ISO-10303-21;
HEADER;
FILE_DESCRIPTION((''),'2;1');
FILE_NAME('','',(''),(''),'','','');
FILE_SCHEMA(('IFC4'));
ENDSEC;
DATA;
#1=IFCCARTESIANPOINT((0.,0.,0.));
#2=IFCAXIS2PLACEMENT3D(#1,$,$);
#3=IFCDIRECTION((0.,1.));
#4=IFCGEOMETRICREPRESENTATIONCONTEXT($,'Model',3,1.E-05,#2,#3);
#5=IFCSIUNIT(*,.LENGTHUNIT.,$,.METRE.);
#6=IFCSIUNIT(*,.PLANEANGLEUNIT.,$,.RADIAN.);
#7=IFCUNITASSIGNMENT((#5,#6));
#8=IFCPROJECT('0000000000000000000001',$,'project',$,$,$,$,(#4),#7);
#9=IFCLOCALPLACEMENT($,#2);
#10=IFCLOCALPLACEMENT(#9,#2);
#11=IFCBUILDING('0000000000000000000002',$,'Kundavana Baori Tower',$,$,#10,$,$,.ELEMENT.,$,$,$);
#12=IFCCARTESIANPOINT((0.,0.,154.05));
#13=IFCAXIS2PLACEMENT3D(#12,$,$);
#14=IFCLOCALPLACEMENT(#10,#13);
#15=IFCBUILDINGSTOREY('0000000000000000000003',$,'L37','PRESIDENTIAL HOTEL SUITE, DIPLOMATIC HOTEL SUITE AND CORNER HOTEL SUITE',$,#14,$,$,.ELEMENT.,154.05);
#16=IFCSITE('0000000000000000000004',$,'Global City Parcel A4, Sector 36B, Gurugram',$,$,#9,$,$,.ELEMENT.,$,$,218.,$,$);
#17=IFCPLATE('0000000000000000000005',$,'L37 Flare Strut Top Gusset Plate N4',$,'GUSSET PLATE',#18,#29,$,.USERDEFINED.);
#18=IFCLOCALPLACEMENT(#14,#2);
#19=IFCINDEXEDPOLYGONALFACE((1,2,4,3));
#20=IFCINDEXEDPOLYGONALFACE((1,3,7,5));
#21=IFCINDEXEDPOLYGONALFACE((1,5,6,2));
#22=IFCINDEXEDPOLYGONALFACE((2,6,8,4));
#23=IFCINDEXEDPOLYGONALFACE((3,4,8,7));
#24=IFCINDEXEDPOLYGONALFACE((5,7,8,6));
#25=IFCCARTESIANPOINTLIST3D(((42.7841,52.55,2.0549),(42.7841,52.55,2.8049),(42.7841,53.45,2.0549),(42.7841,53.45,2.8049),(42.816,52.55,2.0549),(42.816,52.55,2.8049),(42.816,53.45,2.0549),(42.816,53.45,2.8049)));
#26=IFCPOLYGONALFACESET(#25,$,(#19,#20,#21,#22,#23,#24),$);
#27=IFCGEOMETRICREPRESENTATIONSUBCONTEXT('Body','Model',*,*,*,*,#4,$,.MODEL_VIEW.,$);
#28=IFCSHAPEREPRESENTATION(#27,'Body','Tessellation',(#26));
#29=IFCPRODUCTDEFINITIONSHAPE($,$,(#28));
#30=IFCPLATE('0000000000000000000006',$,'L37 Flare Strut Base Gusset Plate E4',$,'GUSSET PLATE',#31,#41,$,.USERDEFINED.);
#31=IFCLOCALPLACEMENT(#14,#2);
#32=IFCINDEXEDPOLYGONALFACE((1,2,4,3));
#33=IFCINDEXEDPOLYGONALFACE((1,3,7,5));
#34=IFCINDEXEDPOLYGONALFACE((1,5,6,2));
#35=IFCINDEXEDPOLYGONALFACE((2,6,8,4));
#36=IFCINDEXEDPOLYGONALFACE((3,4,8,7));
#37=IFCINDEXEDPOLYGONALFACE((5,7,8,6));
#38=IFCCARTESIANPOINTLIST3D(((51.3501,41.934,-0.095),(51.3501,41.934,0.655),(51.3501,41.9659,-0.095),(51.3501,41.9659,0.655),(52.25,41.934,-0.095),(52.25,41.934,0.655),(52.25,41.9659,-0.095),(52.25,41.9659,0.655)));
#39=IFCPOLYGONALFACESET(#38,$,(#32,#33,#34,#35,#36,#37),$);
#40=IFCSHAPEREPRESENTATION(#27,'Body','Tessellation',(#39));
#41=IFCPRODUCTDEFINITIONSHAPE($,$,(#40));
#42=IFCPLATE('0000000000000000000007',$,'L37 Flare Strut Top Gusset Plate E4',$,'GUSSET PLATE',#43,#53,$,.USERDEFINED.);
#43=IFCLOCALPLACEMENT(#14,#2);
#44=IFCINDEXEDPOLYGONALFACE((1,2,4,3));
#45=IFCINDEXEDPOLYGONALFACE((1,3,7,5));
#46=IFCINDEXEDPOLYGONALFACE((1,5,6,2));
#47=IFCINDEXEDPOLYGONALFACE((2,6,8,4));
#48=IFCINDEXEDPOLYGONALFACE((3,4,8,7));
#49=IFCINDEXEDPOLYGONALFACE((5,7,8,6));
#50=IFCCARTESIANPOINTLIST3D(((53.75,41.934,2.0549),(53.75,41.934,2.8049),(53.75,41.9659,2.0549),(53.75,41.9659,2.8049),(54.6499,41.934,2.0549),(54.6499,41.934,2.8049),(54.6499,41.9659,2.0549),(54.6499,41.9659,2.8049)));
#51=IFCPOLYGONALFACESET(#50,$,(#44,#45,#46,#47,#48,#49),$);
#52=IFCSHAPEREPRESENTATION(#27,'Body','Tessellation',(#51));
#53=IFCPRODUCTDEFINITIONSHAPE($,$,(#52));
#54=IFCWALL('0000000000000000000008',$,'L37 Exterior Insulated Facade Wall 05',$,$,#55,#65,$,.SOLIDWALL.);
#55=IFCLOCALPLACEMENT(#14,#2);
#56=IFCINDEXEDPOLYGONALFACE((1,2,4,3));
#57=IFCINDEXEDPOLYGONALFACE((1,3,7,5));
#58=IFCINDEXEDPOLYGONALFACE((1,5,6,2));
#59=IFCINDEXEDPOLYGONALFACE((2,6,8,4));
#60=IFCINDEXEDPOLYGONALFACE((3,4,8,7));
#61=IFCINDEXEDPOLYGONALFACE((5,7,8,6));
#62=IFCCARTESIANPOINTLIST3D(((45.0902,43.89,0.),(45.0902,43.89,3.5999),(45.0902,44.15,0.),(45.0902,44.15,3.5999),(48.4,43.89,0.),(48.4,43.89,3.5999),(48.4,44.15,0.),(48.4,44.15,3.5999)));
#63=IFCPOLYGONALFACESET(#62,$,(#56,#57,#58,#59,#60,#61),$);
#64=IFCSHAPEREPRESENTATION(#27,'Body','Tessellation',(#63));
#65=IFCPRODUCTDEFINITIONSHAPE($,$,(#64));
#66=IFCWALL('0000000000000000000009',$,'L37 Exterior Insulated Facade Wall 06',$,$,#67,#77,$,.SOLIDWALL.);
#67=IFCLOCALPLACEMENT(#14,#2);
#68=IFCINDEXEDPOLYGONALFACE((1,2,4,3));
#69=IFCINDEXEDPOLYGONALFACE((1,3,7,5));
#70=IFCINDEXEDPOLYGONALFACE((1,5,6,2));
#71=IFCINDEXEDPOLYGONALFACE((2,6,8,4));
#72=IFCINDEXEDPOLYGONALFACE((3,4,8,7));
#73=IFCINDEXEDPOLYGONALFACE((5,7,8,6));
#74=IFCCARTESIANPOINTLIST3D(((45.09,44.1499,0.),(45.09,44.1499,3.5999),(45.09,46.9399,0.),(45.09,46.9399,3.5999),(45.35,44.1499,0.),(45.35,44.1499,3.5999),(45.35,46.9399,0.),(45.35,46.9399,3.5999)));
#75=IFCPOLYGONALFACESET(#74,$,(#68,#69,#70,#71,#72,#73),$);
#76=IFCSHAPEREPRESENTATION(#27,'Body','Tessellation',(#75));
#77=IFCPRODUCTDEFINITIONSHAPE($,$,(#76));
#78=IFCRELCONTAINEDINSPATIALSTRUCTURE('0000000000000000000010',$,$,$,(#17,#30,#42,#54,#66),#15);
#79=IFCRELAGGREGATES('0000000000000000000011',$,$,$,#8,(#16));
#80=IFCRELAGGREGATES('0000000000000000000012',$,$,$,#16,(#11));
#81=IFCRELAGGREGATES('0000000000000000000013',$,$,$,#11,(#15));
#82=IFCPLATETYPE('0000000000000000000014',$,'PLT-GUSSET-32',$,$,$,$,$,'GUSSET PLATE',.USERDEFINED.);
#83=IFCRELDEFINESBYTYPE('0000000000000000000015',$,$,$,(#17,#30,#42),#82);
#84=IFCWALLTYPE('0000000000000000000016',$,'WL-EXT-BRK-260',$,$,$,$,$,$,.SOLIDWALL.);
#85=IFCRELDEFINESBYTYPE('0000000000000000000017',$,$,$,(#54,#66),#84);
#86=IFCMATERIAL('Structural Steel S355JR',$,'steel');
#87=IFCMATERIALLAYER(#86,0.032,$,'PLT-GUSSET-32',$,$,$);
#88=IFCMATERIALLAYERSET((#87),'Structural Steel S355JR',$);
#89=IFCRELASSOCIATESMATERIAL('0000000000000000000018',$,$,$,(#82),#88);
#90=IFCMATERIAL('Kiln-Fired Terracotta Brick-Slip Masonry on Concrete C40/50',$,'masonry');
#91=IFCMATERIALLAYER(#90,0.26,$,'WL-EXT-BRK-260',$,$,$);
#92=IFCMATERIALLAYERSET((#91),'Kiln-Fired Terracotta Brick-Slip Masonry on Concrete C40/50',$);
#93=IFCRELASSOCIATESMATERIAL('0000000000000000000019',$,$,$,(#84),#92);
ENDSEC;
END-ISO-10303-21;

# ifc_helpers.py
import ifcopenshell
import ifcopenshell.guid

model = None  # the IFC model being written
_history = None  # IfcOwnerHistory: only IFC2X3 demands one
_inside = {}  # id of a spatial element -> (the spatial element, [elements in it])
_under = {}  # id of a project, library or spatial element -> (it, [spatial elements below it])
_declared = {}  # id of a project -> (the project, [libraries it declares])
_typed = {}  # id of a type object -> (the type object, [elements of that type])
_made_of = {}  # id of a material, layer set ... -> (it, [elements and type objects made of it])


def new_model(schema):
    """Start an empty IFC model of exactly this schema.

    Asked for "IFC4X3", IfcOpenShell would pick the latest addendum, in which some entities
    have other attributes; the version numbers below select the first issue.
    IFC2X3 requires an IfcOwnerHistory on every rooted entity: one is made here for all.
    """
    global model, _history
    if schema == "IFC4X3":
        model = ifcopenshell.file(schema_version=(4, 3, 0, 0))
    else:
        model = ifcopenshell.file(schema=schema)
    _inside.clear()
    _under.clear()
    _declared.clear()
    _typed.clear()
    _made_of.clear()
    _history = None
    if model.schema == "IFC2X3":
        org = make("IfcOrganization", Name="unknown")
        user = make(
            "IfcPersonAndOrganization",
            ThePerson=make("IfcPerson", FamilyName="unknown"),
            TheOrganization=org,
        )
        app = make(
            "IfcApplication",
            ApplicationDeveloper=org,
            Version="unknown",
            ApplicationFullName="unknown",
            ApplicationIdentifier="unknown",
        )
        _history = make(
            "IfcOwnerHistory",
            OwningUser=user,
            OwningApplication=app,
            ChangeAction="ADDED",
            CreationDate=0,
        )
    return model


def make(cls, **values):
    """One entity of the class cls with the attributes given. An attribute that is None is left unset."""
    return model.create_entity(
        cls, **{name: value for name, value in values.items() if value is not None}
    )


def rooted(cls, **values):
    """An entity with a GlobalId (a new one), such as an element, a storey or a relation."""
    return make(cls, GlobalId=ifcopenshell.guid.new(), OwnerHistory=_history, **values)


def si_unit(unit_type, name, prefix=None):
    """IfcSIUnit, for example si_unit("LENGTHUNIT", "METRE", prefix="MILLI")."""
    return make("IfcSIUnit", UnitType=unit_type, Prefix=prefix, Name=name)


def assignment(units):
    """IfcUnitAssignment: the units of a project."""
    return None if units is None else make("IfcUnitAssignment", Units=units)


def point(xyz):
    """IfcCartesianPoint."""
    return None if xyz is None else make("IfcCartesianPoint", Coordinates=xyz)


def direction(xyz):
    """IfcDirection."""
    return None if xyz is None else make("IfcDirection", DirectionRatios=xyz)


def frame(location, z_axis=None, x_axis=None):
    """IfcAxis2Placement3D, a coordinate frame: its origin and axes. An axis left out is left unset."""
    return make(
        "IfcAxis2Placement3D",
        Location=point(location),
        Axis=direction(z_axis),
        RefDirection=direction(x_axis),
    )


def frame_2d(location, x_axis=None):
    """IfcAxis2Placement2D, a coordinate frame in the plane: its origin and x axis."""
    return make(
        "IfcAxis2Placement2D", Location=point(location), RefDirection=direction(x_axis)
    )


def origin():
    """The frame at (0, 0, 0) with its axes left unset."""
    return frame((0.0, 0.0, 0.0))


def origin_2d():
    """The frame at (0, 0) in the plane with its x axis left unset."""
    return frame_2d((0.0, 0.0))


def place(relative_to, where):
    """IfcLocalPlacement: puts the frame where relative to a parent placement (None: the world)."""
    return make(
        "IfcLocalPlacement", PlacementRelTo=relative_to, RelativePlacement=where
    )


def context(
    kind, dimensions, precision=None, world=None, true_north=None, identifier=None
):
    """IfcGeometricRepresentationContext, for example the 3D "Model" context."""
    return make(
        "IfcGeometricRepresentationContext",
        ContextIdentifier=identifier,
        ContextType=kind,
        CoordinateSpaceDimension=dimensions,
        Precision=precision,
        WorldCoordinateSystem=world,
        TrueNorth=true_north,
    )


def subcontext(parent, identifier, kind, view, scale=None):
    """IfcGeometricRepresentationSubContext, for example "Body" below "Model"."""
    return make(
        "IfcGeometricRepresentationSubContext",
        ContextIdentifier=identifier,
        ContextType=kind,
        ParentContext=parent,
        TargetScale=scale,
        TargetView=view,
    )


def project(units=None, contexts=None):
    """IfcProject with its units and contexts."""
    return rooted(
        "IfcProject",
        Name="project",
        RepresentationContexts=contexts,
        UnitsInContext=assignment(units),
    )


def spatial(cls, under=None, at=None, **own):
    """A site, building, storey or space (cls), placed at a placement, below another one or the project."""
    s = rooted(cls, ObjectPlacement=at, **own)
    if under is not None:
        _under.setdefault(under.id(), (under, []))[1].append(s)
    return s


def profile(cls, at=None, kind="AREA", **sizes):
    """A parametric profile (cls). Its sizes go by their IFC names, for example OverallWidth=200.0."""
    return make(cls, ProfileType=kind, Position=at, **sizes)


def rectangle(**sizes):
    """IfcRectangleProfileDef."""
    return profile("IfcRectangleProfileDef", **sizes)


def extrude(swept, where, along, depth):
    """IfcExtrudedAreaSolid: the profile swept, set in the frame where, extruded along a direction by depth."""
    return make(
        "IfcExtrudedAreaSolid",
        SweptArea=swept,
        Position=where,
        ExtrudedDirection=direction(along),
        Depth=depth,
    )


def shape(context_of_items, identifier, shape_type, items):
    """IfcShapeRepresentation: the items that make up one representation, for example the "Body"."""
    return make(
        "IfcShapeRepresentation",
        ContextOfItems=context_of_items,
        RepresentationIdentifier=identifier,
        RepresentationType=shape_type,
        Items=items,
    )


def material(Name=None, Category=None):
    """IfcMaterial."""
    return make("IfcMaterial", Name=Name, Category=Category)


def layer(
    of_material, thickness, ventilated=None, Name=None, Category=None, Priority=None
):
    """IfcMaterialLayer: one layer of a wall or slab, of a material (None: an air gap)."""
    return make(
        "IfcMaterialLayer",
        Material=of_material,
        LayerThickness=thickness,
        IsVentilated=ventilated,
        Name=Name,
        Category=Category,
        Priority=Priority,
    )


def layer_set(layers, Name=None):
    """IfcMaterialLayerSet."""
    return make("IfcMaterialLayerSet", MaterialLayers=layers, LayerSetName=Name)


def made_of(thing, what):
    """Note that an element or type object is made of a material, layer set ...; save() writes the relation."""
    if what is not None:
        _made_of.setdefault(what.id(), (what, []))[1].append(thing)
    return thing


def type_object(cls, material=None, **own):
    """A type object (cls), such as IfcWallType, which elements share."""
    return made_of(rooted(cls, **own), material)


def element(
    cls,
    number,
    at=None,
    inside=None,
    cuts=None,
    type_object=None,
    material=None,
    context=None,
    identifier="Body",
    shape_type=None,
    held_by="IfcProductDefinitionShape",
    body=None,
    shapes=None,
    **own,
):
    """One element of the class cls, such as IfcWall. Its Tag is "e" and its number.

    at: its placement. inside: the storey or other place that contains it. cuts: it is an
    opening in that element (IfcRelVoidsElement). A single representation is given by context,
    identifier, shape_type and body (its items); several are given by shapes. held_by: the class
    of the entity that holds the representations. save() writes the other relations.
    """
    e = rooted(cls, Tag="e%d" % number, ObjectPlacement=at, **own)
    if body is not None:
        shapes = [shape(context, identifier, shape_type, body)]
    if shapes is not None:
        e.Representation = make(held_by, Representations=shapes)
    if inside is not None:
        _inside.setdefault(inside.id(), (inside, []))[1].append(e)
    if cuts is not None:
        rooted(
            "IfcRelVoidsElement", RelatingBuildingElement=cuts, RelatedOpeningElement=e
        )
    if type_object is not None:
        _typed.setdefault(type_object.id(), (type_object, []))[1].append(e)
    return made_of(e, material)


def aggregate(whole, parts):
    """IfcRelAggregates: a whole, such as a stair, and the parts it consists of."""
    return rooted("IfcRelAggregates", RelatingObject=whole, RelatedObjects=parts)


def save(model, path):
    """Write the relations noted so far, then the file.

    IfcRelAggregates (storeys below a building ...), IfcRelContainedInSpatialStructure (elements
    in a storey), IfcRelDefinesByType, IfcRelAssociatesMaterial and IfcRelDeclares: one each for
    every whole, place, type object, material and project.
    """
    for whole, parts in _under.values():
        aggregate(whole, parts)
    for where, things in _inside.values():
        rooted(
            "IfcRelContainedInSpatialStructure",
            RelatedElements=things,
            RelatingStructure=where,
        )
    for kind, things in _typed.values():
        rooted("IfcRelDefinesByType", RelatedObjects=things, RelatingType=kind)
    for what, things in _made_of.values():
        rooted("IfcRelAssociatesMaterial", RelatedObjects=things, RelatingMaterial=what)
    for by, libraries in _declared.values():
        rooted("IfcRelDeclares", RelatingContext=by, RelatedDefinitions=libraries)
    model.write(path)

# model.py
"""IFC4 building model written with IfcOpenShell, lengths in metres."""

from ifc_helpers import new_model, si_unit, direction, frame, frame_2d, origin, origin_2d, place, context, subcontext, project, spatial, rectangle, extrude, material, layer, layer_set, type_object, element, save


model = new_model("IFC4")

# Units and contexts
model_context = context("Model", 3, precision=1e-05, world=origin(), true_north=direction((0.0, 1.0)))
body_context = subcontext(model_context, "Body", "Model", "MODEL_VIEW")
ifc_project = project(units=[si_unit("LENGTHUNIT", "METRE"), si_unit("PLANEANGLEUNIT", "RADIAN")], contexts=[model_context])

# Site, building, storey
site_placement = place(None, origin())
site = spatial("IfcSite", under=ifc_project, at=site_placement, Name="Global City Parcel A4, Sector 36B, Gurugram", CompositionType="ELEMENT", RefElevation=218.0)
building_placement = place(site_placement, origin())
building = spatial("IfcBuilding", under=site, at=building_placement, Name="Kundavana Baori Tower", CompositionType="ELEMENT")
storey_placement = place(building_placement, frame((0.0, 0.0, 154.05)))
storey = spatial("IfcBuildingStorey", under=building, at=storey_placement, Name="L37", Description="PRESIDENTIAL HOTEL SUITE, DIPLOMATIC HOTEL SUITE AND CORNER HOTEL SUITE", CompositionType="ELEMENT", Elevation=154.05)

# Plates
ifc_material_1 = material(Name="Structural Steel S355JR", Category="steel")
ifc_layer_1 = layer(ifc_material_1, 0.032, Name="PLT-GUSSET-32")
ifc_layer_set_1 = layer_set([ifc_layer_1], Name="Structural Steel S355JR")
plate_type = type_object("IfcPlateType", Name="PLT-GUSSET-32", ElementType="GUSSET PLATE", PredefinedType="USERDEFINED", material=ifc_layer_set_1)
for number, where, z_axis, x_axis, name in (
    (1, (42.8, 53.0, 2.0549), (0.0, 0.0, 1.0), (1.0, 0.0, 0.0), "L37 Flare Strut Top Gusset Plate N4"),
):
    element("IfcPlate", number, at=place(storey_placement, frame(where, z_axis=z_axis, x_axis=x_axis)), inside=storey, type_object=plate_type, Name=name, ObjectType="GUSSET PLATE", PredefinedType="USERDEFINED", context=body_context, shape_type="SweptSolid", body=[
        extrude(rectangle(XDim=0.032, YDim=0.8999, at=origin_2d()), origin(), (0.0, 0.0, 1.0), 0.75),
    ])
for number, where, z_axis, x_axis, name in (
    (2, (51.8, 41.95, -0.095), (0.0, 0.0, 1.0), (1.0, 0.0, 0.0), "L37 Flare Strut Base Gusset Plate E4"),
    (3, (54.2, 41.95, 2.0549), (0.0, 0.0, 1.0), (1.0, 0.0, 0.0), "L37 Flare Strut Top Gusset Plate E4"),
):
    element("IfcPlate", number, at=place(storey_placement, frame(where, z_axis=z_axis, x_axis=x_axis)), inside=storey, type_object=plate_type, Name=name, ObjectType="GUSSET PLATE", PredefinedType="USERDEFINED", context=body_context, shape_type="SweptSolid", body=[
        extrude(rectangle(XDim=0.8999, YDim=0.032, at=origin_2d()), origin(), (0.0, 0.0, 1.0), 0.75),
    ])

# Walls
ifc_material_2 = material(Name="Kiln-Fired Terracotta Brick-Slip Masonry on Concrete C40/50", Category="masonry")
ifc_layer_2 = layer(ifc_material_2, 0.26, Name="WL-EXT-BRK-260")
ifc_layer_set_2 = layer_set([ifc_layer_2], Name="Kiln-Fired Terracotta Brick-Slip Masonry on Concrete C40/50")
wall_type_1 = type_object("IfcWallType", Name="WL-EXT-BRK-260", PredefinedType="SOLIDWALL", material=ifc_layer_set_2)
wall_1_placement = place(storey_placement, frame((48.3999, 44.02, 0.0), z_axis=(0.0, 0.0, 1.0), x_axis=(-1.0, 0.0, 0.0)))
element("IfcWall", 4, at=wall_1_placement, inside=storey, type_object=wall_type_1, Name="L37 Exterior Insulated Facade Wall 05", PredefinedType="SOLIDWALL", context=body_context, shape_type="SweptSolid", body=[
    extrude(rectangle(XDim=3.3098, YDim=0.26, at=frame_2d((1.6548, 0.0))), origin(), (0.0, 0.0, 1.0), 3.5999),
])
wall_2_placement = place(storey_placement, frame((45.22, 44.1499, 0.0), z_axis=(0.0, 0.0, 1.0), x_axis=(0.0, 1.0, 0.0)))
element("IfcWall", 5, at=wall_2_placement, inside=storey, type_object=wall_type_1, Name="L37 Exterior Insulated Facade Wall 06", PredefinedType="SOLIDWALL", context=body_context, shape_type="SweptSolid", body=[
    extrude(rectangle(XDim=2.79, YDim=0.26, at=frame_2d((1.395, 0.0))), origin(), (0.0, 0.0, 1.0), 3.5999),
])

save(model, "model.ifc")
